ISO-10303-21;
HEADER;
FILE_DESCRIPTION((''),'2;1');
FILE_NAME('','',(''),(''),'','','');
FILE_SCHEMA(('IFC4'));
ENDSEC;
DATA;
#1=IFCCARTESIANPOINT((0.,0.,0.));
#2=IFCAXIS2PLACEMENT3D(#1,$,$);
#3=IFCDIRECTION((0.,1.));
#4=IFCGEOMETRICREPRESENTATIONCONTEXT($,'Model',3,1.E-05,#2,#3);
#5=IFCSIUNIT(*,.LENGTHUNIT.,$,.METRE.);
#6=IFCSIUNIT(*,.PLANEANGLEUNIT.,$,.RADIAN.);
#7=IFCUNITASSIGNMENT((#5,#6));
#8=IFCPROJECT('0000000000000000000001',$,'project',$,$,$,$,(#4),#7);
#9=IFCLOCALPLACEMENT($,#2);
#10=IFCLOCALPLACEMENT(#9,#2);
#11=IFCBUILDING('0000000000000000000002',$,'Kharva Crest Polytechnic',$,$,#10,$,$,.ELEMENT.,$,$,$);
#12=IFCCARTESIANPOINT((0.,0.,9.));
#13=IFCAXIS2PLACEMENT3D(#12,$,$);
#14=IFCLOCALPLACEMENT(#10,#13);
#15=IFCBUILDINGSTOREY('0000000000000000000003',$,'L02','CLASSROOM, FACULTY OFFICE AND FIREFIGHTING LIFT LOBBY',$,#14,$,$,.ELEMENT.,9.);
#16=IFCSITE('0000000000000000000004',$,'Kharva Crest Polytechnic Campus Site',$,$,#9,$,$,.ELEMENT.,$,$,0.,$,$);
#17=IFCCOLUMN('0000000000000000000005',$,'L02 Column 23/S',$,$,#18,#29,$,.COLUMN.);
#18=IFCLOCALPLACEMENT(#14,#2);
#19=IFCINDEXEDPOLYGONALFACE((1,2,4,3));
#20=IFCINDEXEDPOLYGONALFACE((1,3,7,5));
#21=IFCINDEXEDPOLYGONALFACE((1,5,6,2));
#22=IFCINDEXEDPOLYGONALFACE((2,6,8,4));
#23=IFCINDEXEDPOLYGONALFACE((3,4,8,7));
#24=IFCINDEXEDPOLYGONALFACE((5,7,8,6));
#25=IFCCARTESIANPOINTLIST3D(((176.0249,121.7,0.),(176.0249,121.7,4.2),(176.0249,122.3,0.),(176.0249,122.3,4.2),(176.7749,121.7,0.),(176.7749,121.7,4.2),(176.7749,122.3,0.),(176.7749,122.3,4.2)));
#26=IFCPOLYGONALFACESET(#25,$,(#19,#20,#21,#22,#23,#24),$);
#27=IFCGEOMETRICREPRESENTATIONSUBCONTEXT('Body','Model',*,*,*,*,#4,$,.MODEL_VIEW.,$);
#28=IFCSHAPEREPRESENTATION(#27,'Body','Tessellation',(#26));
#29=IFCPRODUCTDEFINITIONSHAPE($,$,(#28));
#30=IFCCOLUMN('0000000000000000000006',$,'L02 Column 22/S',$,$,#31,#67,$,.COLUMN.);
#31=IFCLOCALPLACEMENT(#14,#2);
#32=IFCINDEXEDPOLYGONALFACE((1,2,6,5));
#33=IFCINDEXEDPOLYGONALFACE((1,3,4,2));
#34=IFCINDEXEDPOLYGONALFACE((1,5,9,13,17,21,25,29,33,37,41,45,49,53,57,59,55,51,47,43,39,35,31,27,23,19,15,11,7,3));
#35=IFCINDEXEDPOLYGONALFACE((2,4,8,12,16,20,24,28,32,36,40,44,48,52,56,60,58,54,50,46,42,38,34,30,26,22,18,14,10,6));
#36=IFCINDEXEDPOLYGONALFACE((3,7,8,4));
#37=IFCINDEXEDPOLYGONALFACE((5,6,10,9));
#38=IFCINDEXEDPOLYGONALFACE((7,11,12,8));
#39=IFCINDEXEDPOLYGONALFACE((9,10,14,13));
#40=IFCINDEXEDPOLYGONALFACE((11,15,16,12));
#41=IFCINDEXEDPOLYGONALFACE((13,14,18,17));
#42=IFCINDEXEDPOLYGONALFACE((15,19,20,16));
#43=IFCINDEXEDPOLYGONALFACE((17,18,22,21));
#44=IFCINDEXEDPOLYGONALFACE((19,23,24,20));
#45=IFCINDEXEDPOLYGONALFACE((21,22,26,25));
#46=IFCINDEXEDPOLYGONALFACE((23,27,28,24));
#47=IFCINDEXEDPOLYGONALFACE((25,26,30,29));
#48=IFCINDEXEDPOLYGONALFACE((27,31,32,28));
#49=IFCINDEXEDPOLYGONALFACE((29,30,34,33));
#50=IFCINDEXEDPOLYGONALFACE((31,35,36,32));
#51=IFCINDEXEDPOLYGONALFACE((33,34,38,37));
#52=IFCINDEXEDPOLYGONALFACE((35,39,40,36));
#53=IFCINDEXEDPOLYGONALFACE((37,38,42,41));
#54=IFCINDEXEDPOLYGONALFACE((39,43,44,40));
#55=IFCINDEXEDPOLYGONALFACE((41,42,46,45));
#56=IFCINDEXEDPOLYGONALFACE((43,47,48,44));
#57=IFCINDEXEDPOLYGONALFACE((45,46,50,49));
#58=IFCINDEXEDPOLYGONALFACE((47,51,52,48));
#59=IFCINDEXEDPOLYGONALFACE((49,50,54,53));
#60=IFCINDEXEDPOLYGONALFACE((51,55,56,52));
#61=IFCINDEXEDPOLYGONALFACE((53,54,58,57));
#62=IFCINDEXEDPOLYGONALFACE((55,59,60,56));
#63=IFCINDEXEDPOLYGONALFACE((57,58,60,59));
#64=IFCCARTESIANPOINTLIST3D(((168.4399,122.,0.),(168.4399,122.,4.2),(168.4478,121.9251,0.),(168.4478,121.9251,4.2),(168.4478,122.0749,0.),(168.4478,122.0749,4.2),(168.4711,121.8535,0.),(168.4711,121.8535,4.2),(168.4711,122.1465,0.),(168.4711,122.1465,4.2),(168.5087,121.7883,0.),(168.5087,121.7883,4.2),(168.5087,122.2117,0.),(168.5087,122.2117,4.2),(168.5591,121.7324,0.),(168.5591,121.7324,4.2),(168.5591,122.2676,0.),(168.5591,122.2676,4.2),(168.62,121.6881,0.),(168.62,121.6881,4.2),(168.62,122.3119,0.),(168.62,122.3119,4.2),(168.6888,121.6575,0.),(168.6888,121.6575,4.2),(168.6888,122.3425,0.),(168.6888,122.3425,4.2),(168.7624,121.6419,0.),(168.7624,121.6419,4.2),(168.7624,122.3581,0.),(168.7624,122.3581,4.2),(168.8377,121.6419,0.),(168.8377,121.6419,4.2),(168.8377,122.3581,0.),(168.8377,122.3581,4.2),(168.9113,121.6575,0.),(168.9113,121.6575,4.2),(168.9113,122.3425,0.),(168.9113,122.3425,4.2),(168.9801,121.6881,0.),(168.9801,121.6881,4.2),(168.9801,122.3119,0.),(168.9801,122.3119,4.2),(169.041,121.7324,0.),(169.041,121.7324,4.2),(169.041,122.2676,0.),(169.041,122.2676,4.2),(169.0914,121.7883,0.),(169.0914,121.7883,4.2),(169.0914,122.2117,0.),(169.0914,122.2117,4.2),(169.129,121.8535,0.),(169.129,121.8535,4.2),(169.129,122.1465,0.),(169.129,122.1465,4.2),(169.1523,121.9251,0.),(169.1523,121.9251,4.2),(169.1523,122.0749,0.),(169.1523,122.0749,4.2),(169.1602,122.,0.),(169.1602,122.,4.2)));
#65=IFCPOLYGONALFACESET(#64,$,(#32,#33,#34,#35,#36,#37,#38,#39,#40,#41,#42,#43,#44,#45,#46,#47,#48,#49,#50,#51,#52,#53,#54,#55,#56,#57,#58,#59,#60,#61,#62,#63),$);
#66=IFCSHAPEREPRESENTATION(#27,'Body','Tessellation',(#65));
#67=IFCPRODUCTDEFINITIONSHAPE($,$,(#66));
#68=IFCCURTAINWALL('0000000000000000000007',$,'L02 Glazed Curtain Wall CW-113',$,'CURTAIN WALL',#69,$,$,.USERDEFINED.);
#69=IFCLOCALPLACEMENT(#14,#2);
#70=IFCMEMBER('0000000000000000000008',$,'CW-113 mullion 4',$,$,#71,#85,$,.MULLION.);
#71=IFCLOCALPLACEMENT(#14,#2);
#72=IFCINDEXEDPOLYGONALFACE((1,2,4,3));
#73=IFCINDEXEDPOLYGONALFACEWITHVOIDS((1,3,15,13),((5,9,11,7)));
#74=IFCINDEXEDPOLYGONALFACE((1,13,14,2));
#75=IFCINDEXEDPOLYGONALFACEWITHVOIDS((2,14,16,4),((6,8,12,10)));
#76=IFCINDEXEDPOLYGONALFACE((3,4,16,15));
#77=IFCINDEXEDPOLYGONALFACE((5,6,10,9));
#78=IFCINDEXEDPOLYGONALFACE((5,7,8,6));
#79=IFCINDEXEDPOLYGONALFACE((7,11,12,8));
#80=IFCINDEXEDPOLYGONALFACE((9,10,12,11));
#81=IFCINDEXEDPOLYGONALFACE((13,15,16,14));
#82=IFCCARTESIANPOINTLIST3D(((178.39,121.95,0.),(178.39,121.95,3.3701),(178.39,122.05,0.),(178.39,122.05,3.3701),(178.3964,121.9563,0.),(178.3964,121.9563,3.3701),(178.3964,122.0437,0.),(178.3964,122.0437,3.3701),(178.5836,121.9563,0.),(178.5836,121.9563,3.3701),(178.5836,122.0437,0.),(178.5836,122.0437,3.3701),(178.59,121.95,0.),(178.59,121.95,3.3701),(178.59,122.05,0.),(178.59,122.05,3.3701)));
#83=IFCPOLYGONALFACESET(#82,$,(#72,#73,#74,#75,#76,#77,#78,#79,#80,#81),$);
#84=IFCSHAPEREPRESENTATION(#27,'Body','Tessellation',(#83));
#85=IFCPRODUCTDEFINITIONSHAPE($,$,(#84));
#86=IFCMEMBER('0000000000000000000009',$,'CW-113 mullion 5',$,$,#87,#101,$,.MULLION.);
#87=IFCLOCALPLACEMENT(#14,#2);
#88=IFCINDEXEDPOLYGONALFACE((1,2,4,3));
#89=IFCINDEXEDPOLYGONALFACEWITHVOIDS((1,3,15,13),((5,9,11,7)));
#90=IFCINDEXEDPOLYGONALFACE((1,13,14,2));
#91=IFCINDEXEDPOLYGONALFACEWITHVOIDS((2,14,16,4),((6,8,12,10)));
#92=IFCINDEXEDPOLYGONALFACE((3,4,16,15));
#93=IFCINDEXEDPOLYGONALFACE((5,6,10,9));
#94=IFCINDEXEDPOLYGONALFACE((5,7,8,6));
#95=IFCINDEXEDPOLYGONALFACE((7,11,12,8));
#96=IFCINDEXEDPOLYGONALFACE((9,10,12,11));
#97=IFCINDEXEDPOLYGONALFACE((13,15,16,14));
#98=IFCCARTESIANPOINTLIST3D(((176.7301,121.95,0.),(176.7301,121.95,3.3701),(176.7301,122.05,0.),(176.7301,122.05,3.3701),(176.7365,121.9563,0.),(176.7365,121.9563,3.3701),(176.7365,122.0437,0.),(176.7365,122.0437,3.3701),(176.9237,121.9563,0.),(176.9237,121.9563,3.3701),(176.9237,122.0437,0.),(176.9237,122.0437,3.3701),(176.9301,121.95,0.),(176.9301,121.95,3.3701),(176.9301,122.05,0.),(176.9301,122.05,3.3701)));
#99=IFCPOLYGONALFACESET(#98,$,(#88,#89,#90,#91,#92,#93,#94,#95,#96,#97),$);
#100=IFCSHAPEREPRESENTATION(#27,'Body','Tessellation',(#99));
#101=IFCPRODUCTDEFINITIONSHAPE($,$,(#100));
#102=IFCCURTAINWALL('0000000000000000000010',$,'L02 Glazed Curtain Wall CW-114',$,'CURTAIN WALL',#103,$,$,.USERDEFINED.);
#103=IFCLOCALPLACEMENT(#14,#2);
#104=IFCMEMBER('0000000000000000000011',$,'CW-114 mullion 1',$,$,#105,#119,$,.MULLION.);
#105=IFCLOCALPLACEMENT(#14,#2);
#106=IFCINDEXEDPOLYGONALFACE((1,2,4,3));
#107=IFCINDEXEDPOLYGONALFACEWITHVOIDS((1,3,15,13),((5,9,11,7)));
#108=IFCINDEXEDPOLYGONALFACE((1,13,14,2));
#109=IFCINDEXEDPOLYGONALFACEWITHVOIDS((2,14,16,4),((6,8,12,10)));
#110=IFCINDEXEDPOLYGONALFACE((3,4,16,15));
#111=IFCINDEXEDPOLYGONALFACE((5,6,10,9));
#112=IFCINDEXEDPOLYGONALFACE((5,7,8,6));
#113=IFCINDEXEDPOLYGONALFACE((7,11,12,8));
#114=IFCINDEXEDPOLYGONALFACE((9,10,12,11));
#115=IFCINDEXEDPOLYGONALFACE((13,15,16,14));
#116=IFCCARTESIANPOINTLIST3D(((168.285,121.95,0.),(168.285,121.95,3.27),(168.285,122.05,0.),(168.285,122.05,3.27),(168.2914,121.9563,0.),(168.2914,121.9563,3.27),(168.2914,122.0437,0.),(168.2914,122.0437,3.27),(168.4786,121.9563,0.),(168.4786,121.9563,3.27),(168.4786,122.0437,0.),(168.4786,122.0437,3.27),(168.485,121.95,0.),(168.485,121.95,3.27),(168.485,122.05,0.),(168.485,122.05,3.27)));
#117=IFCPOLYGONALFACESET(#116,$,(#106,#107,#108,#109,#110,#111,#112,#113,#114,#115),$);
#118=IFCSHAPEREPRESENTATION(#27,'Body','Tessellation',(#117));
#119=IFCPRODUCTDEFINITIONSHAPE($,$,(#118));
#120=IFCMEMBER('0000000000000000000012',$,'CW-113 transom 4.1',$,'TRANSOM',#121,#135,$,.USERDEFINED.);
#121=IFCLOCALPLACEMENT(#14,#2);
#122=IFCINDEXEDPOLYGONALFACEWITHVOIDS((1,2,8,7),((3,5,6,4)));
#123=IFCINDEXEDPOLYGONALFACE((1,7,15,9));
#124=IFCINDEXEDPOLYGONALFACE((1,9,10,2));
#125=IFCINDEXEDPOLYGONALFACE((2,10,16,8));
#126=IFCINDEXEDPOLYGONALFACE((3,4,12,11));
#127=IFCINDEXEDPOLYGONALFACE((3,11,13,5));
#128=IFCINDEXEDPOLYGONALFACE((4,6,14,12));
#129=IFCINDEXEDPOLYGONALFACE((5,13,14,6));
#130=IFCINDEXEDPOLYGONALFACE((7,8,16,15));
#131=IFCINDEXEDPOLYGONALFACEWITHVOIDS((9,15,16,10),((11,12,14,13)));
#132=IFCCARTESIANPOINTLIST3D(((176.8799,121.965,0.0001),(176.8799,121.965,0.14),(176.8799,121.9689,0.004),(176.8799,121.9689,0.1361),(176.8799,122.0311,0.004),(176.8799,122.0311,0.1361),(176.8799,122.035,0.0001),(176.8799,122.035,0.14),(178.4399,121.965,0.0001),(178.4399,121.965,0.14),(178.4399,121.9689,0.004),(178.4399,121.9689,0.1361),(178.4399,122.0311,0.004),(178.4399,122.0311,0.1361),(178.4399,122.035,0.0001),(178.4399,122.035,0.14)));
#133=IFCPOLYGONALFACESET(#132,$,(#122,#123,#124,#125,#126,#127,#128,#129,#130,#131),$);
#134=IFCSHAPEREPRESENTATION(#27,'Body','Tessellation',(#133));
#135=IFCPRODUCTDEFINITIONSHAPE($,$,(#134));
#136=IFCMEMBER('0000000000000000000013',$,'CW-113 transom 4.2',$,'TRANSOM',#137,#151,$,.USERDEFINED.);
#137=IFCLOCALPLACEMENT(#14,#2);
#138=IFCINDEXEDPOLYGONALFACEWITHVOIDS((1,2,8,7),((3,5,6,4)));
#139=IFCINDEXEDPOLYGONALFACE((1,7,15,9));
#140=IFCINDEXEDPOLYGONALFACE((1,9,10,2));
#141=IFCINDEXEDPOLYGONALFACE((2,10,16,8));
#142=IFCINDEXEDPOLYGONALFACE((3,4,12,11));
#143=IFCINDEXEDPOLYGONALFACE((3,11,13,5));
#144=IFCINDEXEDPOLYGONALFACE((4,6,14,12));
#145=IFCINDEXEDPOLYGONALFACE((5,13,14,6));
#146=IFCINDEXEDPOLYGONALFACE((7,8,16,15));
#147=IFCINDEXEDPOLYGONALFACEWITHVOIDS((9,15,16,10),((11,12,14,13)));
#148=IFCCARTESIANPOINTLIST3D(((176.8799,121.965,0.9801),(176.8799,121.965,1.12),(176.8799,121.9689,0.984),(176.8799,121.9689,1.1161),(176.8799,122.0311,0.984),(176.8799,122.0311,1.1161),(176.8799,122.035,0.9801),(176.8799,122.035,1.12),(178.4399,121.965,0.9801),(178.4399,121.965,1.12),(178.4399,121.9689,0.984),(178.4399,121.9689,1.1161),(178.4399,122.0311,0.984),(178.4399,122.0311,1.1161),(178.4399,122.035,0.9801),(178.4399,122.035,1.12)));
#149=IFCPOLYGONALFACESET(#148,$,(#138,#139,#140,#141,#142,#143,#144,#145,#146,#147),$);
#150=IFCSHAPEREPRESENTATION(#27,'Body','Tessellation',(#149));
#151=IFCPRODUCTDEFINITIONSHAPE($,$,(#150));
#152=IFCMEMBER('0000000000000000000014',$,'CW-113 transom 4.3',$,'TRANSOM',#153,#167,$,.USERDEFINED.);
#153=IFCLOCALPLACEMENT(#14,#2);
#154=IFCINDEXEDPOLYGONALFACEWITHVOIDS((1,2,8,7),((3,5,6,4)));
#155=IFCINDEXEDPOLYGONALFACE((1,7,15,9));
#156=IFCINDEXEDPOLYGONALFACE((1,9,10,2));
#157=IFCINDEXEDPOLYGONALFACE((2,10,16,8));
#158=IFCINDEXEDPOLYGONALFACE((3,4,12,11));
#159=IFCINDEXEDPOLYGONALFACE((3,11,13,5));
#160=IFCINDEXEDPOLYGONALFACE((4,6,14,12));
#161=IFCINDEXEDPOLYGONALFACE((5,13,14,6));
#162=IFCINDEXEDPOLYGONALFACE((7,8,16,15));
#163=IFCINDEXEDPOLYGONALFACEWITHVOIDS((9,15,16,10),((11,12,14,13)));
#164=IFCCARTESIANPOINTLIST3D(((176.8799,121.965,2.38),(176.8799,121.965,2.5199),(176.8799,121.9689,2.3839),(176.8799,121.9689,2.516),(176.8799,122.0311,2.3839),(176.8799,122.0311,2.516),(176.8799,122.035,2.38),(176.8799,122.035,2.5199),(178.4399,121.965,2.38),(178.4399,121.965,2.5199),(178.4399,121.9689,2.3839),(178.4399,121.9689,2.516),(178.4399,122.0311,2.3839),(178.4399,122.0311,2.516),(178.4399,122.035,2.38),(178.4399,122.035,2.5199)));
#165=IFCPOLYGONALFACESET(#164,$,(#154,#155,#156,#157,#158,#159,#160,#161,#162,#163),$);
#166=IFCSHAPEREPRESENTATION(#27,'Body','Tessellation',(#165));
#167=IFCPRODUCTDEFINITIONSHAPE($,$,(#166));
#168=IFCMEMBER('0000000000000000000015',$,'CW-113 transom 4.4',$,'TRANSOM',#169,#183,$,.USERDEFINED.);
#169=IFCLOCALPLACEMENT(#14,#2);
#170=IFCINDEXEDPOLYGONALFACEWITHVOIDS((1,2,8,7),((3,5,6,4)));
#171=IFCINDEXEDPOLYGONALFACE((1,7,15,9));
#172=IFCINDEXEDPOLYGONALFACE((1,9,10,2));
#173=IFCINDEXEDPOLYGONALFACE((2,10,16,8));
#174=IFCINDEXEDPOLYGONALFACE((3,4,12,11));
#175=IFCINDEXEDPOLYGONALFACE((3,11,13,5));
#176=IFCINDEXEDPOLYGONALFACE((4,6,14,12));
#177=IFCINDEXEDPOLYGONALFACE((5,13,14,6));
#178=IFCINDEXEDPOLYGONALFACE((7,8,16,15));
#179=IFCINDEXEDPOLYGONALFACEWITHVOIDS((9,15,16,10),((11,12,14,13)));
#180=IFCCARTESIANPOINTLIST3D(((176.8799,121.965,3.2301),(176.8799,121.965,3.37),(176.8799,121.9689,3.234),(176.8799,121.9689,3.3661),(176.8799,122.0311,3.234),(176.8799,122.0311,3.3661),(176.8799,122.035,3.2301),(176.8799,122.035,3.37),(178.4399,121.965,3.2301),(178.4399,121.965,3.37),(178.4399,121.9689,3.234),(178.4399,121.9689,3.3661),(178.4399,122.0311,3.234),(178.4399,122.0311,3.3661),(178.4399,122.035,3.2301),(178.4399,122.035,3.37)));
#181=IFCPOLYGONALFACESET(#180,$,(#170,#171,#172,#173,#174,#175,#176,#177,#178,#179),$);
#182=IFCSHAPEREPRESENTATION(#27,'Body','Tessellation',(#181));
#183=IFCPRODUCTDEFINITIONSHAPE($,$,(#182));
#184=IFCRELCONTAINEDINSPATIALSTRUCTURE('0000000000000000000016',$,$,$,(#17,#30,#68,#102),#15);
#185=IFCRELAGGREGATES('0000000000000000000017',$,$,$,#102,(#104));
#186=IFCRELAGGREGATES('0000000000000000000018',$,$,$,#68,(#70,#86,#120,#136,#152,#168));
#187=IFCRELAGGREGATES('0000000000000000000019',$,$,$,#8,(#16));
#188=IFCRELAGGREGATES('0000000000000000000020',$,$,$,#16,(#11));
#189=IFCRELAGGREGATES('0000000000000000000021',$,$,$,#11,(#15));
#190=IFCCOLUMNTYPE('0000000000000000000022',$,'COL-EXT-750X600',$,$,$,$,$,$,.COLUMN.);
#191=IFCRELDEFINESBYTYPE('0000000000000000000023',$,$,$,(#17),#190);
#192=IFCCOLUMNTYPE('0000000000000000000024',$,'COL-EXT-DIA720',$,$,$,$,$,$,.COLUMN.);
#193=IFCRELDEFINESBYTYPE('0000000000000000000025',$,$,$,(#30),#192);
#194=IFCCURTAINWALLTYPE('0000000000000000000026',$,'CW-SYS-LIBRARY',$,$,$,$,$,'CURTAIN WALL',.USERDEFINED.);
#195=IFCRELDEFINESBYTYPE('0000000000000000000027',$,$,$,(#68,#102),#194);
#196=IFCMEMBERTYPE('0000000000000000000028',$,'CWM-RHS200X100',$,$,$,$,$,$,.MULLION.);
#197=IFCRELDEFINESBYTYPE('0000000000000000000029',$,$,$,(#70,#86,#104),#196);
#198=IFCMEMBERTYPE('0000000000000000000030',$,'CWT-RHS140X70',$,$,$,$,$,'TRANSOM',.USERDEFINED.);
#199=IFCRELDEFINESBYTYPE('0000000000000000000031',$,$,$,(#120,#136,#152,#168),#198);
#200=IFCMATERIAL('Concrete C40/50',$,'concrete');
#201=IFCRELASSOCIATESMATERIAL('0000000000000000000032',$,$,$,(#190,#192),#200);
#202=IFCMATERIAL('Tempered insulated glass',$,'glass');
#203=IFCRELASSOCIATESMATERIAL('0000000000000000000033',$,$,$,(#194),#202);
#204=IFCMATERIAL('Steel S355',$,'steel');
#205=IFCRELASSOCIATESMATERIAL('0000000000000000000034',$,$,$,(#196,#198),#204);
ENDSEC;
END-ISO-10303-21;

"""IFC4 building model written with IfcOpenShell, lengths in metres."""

from ifc_helpers import new_model, si_unit, direction, frame, origin, origin_2d, place, context, subcontext, project, spatial, rectangle, hollow_rectangle, circle, extrude, material, material_profile, profile_set, type_object, element, aggregate, save


model = new_model("IFC4")

# Units and contexts
model_context = context("Model", 3, precision=1e-05, world=origin(), true_north=direction((0.0, 1.0)))
body_context = subcontext(model_context, "Body", "Model", "MODEL_VIEW")
ifc_project = project(units=[si_unit("LENGTHUNIT", "METRE"), si_unit("PLANEANGLEUNIT", "RADIAN")], contexts=[model_context])

# Site, building, storey
site_placement = place(None, origin())
site = spatial("IfcSite", under=ifc_project, at=site_placement, Name="Kharva Crest Polytechnic Campus Site", CompositionType="ELEMENT", RefElevation=0.0)
building_placement = place(site_placement, origin())
building = spatial("IfcBuilding", under=site, at=building_placement, Name="Kharva Crest Polytechnic", CompositionType="ELEMENT")
storey_placement = place(building_placement, frame((0.0, 0.0, 9.0)))
storey = spatial("IfcBuildingStorey", under=building, at=storey_placement, Name="L02", Description="CLASSROOM, FACULTY OFFICE AND FIREFIGHTING LIFT LOBBY", CompositionType="ELEMENT", Elevation=9.0)

# Columns
ifc_material_1 = material(Name="Concrete C40/50", Category="concrete")
ifc_material_profile_1 = material_profile(ifc_material_1, rectangle(XDim=0.75, YDim=0.6001, at=origin_2d()), Name="RECT 750 X 600")
ifc_profile_set_1 = profile_set([ifc_material_profile_1], Name="Concrete C40/50")
column_type_1 = type_object("IfcColumnType", Name="COL-EXT-750X600", PredefinedType="COLUMN", material=ifc_profile_set_1)
column_1_placement = place(storey_placement, frame((176.3999, 122.0, 0.0), z_axis=(0.0, 0.0, 1.0), x_axis=(1.0, 0.0, 0.0)))
element("IfcColumn", 1, at=column_1_placement, inside=storey, type_object=column_type_1, Name="L02 Column 23/S", PredefinedType="COLUMN", context=body_context, shape_type="SweptSolid", body=[
    extrude(rectangle(XDim=0.75, YDim=0.6001, at=origin_2d()), origin(), (0.0, 0.0, 1.0), 4.2),
])
ifc_material_profile_2 = material_profile(ifc_material_1, circle(Radius=0.3601, at=origin_2d()), Name="DIA 720")
ifc_profile_set_2 = profile_set([ifc_material_profile_2], Name="Concrete C40/50")
column_type_2 = type_object("IfcColumnType", Name="COL-EXT-DIA720", PredefinedType="COLUMN", material=ifc_profile_set_2)
column_2_placement = place(storey_placement, frame((168.8, 122.0, 0.0), z_axis=(0.0, 0.0, 1.0), x_axis=(1.0, 0.0, 0.0)))
element("IfcColumn", 2, at=column_2_placement, inside=storey, type_object=column_type_2, Name="L02 Column 22/S", PredefinedType="COLUMN", context=body_context, shape_type="SweptSolid", body=[
    extrude(circle(Radius=0.3601, at=origin_2d()), origin(), (0.0, 0.0, 1.0), 4.2),
])

# Curtain wall, members
ifc_material_2 = material(Name="Tempered insulated glass", Category="glass")
curtain_wall_type = type_object("IfcCurtainWallType", Name="CW-SYS-LIBRARY", ElementType="CURTAIN WALL", PredefinedType="USERDEFINED", material=ifc_material_2)
curtain_wall_1_placement = place(storey_placement, origin())
curtain_wall_1 = element("IfcCurtainWall", 3, at=curtain_wall_1_placement, inside=storey, type_object=curtain_wall_type, Name="L02 Glazed Curtain Wall CW-113", ObjectType="CURTAIN WALL", PredefinedType="USERDEFINED")
ifc_material_3 = material(Name="Steel S355", Category="steel")
ifc_material_profile_3 = material_profile(ifc_material_3, hollow_rectangle(XDim=0.1001, YDim=0.2, WallThickness=0.0063, at=origin_2d()), Name="RHS 200X100X6.3")
ifc_profile_set_3 = profile_set([ifc_material_profile_3], Name="Steel S355")
member_type_1 = type_object("IfcMemberType", Name="CWM-RHS200X100", PredefinedType="MULLION", material=ifc_profile_set_3)
member_1_placement = place(storey_placement, frame((178.49, 122.0, 0.0), z_axis=(0.0, 0.0, 1.0), x_axis=(0.0, -1.0, 0.0)))
member_1 = element("IfcMember", 4, at=member_1_placement, type_object=member_type_1, Name="CW-113 mullion 4", PredefinedType="MULLION", context=body_context, shape_type="SweptSolid", body=[
    extrude(hollow_rectangle(XDim=0.1001, YDim=0.2, WallThickness=0.0063, at=origin_2d()), origin(), (0.0, 0.0, 1.0), 3.3701),
])
member_2_placement = place(storey_placement, frame((176.8301, 122.0, 0.0), z_axis=(0.0, 0.0, 1.0), x_axis=(0.0, -1.0, 0.0)))
member_2 = element("IfcMember", 5, at=member_2_placement, type_object=member_type_1, Name="CW-113 mullion 5", PredefinedType="MULLION", context=body_context, shape_type="SweptSolid", body=[
    extrude(hollow_rectangle(XDim=0.1001, YDim=0.2, WallThickness=0.0063, at=origin_2d()), origin(), (0.0, 0.0, 1.0), 3.3701),
])

# Curtain wall, member
curtain_wall_2_placement = place(storey_placement, origin())
curtain_wall_2 = element("IfcCurtainWall", 6, at=curtain_wall_2_placement, inside=storey, type_object=curtain_wall_type, Name="L02 Glazed Curtain Wall CW-114", ObjectType="CURTAIN WALL", PredefinedType="USERDEFINED")
member_3_placement = place(storey_placement, frame((168.385, 122.0, 0.0), z_axis=(0.0, 0.0, 1.0), x_axis=(0.0, -1.0, 0.0)))
member_3 = element("IfcMember", 7, at=member_3_placement, type_object=member_type_1, Name="CW-114 mullion 1", PredefinedType="MULLION", context=body_context, shape_type="SweptSolid", body=[
    extrude(hollow_rectangle(XDim=0.1001, YDim=0.2, WallThickness=0.0063, at=origin_2d()), origin(), (0.0, 0.0, 1.0), 3.27),
])

# Members
ifc_material_profile_4 = material_profile(ifc_material_3, hollow_rectangle(XDim=0.0701, YDim=0.1399, WallThickness=0.0039, at=origin_2d()), Name="RHS 140X70X4.0")
ifc_profile_set_4 = profile_set([ifc_material_profile_4], Name="Steel S355")
member_type_2 = type_object("IfcMemberType", Name="CWT-RHS140X70", ElementType="TRANSOM", PredefinedType="USERDEFINED", material=ifc_profile_set_4)
member_4_placement = place(storey_placement, frame((178.4399, 122.0, 0.0701), z_axis=(-1.0, 0.0, 0.0), x_axis=(0.0, -1.0, 0.0)))
member_4 = element("IfcMember", 8, at=member_4_placement, type_object=member_type_2, Name="CW-113 transom 4.1", ObjectType="TRANSOM", PredefinedType="USERDEFINED", context=body_context, shape_type="SweptSolid", body=[
    extrude(hollow_rectangle(XDim=0.0701, YDim=0.1399, WallThickness=0.0039, at=origin_2d()), origin(), (0.0, 0.0, 1.0), 1.5601),
])
member_5_placement = place(storey_placement, frame((178.4399, 122.0, 1.05), z_axis=(-1.0, 0.0, 0.0), x_axis=(0.0, -1.0, 0.0)))
member_5 = element("IfcMember", 9, at=member_5_placement, type_object=member_type_2, Name="CW-113 transom 4.2", ObjectType="TRANSOM", PredefinedType="USERDEFINED", context=body_context, shape_type="SweptSolid", body=[
    extrude(hollow_rectangle(XDim=0.0701, YDim=0.1399, WallThickness=0.0039, at=origin_2d()), origin(), (0.0, 0.0, 1.0), 1.5601),
])
member_6_placement = place(storey_placement, frame((178.4399, 122.0, 2.45), z_axis=(-1.0, 0.0, 0.0), x_axis=(0.0, -1.0, 0.0)))
member_6 = element("IfcMember", 10, at=member_6_placement, type_object=member_type_2, Name="CW-113 transom 4.3", ObjectType="TRANSOM", PredefinedType="USERDEFINED", context=body_context, shape_type="SweptSolid", body=[
    extrude(hollow_rectangle(XDim=0.0701, YDim=0.1399, WallThickness=0.0039, at=origin_2d()), origin(), (0.0, 0.0, 1.0), 1.5601),
])
member_7_placement = place(storey_placement, frame((178.4399, 122.0, 3.3), z_axis=(-1.0, 0.0, 0.0), x_axis=(0.0, -1.0, 0.0)))
member_7 = element("IfcMember", 11, at=member_7_placement, type_object=member_type_2, Name="CW-113 transom 4.4", ObjectType="TRANSOM", PredefinedType="USERDEFINED", context=body_context, shape_type="SweptSolid", body=[
    extrude(hollow_rectangle(XDim=0.0701, YDim=0.1399, WallThickness=0.0039, at=origin_2d()), origin(), (0.0, 0.0, 1.0), 1.5601),
])
aggregate(curtain_wall_2, [member_3])

aggregate(curtain_wall_1, [member_1, member_2, member_4, member_5, member_6, member_7])

save(model, "model.ifc")
